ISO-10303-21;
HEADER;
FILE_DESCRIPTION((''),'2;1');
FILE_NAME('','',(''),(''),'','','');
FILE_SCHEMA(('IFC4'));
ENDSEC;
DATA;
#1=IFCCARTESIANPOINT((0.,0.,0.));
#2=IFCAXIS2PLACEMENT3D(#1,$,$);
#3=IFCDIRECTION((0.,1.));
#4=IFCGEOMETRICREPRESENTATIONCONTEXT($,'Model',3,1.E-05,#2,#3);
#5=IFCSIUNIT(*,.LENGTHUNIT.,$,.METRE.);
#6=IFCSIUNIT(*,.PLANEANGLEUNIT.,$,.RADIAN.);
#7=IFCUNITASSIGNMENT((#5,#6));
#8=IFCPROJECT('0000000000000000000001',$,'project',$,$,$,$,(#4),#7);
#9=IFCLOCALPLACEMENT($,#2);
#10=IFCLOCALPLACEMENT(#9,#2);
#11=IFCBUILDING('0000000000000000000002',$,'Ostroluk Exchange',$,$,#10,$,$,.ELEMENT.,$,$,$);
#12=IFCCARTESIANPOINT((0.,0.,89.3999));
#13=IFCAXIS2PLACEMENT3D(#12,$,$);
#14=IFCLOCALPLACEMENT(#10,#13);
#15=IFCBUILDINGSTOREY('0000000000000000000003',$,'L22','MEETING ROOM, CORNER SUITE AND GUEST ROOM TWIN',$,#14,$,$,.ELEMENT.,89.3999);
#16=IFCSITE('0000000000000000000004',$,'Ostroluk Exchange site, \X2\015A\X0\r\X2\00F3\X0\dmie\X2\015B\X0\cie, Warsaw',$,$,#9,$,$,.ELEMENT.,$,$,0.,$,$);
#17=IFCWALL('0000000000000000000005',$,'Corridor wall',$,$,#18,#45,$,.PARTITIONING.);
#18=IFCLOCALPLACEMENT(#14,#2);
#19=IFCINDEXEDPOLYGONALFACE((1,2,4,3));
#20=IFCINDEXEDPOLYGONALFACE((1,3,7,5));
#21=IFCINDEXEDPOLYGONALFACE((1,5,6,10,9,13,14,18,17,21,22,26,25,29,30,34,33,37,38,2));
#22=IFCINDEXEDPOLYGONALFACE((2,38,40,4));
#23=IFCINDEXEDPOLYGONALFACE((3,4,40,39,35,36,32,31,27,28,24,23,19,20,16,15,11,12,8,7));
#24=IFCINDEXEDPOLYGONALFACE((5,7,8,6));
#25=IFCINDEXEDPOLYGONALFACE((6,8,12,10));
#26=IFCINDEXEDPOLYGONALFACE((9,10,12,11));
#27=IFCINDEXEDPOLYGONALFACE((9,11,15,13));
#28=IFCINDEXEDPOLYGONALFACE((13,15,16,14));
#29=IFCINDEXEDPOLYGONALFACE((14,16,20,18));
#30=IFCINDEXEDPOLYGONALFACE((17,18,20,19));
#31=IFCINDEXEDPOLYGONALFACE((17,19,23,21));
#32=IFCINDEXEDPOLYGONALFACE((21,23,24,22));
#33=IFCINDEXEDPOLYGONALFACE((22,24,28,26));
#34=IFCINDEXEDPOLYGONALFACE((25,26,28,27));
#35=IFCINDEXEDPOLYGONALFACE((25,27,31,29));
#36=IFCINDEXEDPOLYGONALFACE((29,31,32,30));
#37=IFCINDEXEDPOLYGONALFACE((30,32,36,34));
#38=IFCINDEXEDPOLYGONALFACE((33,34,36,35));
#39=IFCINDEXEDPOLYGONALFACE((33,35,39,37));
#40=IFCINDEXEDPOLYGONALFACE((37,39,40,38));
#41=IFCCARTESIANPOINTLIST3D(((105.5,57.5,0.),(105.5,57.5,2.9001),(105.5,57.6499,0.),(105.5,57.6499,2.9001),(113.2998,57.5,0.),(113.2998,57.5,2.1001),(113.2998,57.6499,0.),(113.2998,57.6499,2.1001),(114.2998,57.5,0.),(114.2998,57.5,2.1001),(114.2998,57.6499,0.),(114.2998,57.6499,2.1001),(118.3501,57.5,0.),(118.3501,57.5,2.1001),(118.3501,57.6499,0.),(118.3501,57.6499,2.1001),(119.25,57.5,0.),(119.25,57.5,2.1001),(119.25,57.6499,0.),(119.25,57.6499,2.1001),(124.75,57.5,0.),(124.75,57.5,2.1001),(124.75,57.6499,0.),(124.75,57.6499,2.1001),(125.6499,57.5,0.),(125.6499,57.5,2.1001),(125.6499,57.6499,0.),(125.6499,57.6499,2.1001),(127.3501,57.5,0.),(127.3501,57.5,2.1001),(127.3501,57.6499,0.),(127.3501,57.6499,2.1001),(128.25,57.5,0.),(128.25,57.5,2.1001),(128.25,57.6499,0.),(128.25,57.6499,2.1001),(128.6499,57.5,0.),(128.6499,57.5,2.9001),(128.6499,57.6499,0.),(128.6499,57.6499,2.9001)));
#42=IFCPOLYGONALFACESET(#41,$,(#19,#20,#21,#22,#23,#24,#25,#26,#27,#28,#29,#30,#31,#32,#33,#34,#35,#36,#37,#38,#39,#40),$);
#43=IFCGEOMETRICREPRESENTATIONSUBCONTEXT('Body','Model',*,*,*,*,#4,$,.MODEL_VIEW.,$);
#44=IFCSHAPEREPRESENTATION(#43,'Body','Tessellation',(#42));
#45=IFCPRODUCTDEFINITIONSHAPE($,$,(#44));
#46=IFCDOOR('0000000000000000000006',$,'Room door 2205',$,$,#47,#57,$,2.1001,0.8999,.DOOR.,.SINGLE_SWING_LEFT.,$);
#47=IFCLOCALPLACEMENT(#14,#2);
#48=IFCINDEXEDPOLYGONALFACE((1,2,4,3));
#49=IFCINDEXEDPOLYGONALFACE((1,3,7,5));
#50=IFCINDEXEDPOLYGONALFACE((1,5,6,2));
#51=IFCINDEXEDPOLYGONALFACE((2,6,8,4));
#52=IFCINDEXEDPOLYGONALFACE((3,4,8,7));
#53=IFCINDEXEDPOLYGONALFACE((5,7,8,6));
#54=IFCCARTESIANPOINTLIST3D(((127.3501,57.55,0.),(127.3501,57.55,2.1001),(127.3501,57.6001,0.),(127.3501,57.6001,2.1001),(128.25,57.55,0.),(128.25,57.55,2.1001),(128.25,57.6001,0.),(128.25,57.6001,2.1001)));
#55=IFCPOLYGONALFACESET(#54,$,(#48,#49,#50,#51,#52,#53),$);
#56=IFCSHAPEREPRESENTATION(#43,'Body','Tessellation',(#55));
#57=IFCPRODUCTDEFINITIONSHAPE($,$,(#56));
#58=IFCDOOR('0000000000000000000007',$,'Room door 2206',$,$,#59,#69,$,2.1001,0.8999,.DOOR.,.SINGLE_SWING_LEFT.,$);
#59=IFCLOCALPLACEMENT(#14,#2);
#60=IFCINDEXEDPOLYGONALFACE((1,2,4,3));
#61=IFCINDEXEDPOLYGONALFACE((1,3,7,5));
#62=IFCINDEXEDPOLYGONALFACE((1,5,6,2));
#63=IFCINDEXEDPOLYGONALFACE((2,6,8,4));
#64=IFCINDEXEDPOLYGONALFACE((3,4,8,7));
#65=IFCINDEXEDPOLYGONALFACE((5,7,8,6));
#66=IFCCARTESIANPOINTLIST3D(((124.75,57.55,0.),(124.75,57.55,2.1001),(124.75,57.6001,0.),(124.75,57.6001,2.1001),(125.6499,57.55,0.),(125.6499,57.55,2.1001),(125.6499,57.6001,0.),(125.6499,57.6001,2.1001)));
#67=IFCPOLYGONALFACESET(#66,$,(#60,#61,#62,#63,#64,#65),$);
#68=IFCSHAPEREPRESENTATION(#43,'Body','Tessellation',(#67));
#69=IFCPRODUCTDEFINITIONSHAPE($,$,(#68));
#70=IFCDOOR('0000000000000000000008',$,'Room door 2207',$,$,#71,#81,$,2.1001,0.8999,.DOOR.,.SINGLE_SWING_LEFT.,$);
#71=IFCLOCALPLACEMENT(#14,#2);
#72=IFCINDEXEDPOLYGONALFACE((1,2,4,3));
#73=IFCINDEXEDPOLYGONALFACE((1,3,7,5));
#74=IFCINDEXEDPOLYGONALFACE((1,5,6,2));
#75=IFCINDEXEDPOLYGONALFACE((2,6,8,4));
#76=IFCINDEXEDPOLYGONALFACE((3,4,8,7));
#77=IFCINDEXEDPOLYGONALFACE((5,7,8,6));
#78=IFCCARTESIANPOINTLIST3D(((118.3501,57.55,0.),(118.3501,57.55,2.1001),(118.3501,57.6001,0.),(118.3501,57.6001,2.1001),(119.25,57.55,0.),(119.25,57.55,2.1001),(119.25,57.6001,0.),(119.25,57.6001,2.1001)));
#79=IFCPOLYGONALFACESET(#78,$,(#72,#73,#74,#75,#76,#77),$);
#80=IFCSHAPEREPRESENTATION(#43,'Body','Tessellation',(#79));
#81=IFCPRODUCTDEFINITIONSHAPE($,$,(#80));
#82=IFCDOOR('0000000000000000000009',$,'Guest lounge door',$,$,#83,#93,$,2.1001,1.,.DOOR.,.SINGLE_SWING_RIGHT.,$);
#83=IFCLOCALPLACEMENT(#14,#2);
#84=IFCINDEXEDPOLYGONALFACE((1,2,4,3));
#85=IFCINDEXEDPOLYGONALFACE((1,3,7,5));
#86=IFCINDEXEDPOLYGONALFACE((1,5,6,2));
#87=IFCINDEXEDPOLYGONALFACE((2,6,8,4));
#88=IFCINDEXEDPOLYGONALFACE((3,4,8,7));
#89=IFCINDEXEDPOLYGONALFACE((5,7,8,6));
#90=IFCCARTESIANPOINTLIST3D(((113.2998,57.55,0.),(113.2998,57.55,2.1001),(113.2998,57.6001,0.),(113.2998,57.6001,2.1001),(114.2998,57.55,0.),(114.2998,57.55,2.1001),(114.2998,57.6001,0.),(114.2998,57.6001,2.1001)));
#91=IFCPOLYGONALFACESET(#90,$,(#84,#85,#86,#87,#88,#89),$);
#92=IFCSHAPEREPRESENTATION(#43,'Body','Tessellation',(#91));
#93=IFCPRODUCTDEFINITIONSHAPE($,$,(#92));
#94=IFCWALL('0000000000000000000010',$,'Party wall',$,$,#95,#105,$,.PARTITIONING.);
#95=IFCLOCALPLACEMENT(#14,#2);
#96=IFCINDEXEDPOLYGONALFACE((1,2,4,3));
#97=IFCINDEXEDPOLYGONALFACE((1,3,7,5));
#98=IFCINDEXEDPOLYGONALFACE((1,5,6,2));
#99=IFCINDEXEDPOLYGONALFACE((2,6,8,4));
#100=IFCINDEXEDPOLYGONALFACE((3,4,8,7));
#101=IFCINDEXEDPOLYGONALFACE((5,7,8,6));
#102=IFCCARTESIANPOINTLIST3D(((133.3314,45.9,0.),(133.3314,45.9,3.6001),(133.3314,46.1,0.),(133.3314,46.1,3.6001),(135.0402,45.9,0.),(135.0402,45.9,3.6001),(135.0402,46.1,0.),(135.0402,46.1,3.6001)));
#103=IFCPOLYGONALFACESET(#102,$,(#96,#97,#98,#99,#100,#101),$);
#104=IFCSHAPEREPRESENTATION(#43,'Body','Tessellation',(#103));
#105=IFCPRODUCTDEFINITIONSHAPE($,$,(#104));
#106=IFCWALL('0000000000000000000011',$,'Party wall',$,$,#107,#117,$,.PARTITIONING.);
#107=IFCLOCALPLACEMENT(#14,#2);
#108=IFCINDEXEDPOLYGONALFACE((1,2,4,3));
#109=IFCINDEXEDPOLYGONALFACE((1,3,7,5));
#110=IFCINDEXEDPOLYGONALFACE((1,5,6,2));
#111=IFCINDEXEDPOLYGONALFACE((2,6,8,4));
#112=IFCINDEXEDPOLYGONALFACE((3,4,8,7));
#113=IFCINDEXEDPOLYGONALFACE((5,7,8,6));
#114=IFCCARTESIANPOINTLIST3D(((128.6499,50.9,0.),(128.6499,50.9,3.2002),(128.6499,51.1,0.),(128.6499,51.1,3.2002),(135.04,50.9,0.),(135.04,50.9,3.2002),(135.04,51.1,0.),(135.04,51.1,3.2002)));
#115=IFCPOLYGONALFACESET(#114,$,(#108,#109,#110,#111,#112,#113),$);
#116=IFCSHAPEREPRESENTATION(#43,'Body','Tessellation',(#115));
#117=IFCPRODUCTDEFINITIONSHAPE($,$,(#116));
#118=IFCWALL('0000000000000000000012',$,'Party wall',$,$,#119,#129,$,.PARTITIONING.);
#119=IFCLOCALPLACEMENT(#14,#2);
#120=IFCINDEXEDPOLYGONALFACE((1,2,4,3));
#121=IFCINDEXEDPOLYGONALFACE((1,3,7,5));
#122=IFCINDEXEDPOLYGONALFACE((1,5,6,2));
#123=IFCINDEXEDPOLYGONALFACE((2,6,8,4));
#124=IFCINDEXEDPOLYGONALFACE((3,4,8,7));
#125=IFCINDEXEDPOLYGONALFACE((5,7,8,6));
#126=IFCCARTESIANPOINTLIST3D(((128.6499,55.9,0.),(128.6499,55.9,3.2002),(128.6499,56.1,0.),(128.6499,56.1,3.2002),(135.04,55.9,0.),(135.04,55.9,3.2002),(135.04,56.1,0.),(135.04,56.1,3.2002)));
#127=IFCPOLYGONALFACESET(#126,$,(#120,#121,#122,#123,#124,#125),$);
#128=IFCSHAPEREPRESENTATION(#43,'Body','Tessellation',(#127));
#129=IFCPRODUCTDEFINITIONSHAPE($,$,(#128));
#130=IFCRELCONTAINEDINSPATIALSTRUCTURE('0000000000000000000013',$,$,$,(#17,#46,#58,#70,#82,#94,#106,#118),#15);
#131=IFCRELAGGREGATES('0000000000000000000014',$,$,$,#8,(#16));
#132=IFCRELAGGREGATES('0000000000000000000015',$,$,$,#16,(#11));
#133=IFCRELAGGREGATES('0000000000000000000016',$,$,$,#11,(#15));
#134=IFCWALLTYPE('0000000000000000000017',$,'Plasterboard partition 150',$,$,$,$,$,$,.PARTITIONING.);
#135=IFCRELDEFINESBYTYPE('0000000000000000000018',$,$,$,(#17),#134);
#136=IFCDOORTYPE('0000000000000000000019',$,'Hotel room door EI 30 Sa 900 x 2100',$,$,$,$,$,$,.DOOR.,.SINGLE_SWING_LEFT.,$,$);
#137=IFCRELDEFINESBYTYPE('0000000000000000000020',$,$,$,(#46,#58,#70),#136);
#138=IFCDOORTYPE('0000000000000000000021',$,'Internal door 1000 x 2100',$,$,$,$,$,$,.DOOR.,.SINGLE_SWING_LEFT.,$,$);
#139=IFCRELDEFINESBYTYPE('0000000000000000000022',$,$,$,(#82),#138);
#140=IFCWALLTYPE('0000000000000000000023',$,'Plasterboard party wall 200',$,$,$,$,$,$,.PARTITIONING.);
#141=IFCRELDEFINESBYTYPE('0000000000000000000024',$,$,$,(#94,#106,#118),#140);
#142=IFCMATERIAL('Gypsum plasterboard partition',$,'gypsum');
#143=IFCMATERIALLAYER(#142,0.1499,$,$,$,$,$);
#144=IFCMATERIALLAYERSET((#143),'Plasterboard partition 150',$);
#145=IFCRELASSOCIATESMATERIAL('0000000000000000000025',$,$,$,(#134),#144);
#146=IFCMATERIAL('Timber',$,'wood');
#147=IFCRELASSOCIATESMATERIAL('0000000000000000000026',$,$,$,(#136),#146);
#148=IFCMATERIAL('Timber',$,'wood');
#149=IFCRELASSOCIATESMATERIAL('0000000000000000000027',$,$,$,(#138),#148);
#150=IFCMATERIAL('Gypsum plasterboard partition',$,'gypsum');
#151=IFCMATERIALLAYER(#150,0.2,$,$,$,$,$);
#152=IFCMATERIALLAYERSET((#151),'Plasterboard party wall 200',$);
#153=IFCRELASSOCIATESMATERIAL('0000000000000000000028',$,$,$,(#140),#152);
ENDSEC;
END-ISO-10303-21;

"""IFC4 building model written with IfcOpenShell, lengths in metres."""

from ifc_helpers import new_model, si_unit, direction, frame, frame_2d, origin, place, context, subcontext, project, spatial, rectangle, extrude, material, layer, layer_set, type_object, element, fill, save


model = new_model("IFC4")

# Units and contexts
model_context = context("Model", 3, precision=1e-05, world=origin(), true_north=direction((0.0, 1.0)))
body_context = subcontext(model_context, "Body", "Model", "MODEL_VIEW")
ifc_project = project(units=[si_unit("LENGTHUNIT", "METRE"), si_unit("PLANEANGLEUNIT", "RADIAN")], contexts=[model_context])

# Site, building, storey
site_placement = place(None, origin())
site = spatial("IfcSite", under=ifc_project, at=site_placement, Name="Ostroluk Exchange site, Śródmieście, Warsaw", CompositionType="ELEMENT", RefElevation=0.0)
building_placement = place(site_placement, origin())
building = spatial("IfcBuilding", under=site, at=building_placement, Name="Ostroluk Exchange", CompositionType="ELEMENT")
storey_placement = place(building_placement, frame((0.0, 0.0, 89.3999)))
storey = spatial("IfcBuildingStorey", under=building, at=storey_placement, Name="L22", Description="MEETING ROOM, CORNER SUITE AND GUEST ROOM TWIN", CompositionType="ELEMENT", Elevation=89.3999)

# Wall, openings, doors
ifc_material_1 = material(Name="Gypsum plasterboard partition", Category="gypsum")
ifc_layer_1 = layer(ifc_material_1, 0.1499)
ifc_layer_set_1 = layer_set([ifc_layer_1], Name="Plasterboard partition 150")
wall_type_1 = type_object("IfcWallType", Name="Plasterboard partition 150", PredefinedType="PARTITIONING", material=ifc_layer_set_1)
wall_1_placement = place(storey_placement, frame((128.6499, 57.575, 0.0), z_axis=(0.0, 0.0, 1.0), x_axis=(-1.0, 0.0, 0.0)))
wall_1 = element("IfcWall", 1, at=wall_1_placement, inside=storey, type_object=wall_type_1, Name="Corridor wall", PredefinedType="PARTITIONING", context=body_context, shape_type="SweptSolid", body=[
    extrude(rectangle(XDim=23.1499, YDim=0.1499, at=frame_2d((11.575, 0.0))), origin(), (0.0, 0.0, 1.0), 2.9001),
])
opening_1_placement = place(wall_1_placement, frame((0.3999, 0.0, 0.0)))
opening_1 = element("IfcOpeningElement", 2, at=opening_1_placement, cuts=wall_1, PredefinedType="OPENING", context=body_context, shape_type="SweptSolid", body=[
    extrude(rectangle(XDim=0.8999, YDim=2.1001, at=frame_2d((0.45, 1.05))), frame((0.0, 0.085, 0.0), z_axis=(0.0, -1.0, 0.0), x_axis=(1.0, 0.0, 0.0)), (0.0, 0.0, 1.0), 0.1699),
])
opening_2_placement = place(wall_1_placement, frame((3.0, 0.0, 0.0)))
opening_2 = element("IfcOpeningElement", 3, at=opening_2_placement, cuts=wall_1, PredefinedType="OPENING", context=body_context, shape_type="SweptSolid", body=[
    extrude(rectangle(XDim=0.8999, YDim=2.1001, at=frame_2d((0.45, 1.05))), frame((0.0, 0.085, 0.0), z_axis=(0.0, -1.0, 0.0), x_axis=(1.0, 0.0, 0.0)), (0.0, 0.0, 1.0), 0.1699),
])
opening_3_placement = place(wall_1_placement, frame((9.3999, 0.0, 0.0)))
opening_3 = element("IfcOpeningElement", 4, at=opening_3_placement, cuts=wall_1, PredefinedType="OPENING", context=body_context, shape_type="SweptSolid", body=[
    extrude(rectangle(XDim=0.8999, YDim=2.1001, at=frame_2d((0.45, 1.05))), frame((0.0, 0.085, 0.0), z_axis=(0.0, -1.0, 0.0), x_axis=(1.0, 0.0, 0.0)), (0.0, 0.0, 1.0), 0.1699),
])
opening_4_placement = place(wall_1_placement, frame((14.3501, 0.0, 0.0)))
opening_4 = element("IfcOpeningElement", 5, at=opening_4_placement, cuts=wall_1, PredefinedType="OPENING", context=body_context, shape_type="SweptSolid", body=[
    extrude(rectangle(XDim=1.0, YDim=2.1001, at=frame_2d((0.5, 1.05))), frame((0.0, 0.085, 0.0), z_axis=(0.0, -1.0, 0.0), x_axis=(1.0, 0.0, 0.0)), (0.0, 0.0, 1.0), 0.1699),
])
ifc_material_2 = material(Name="Timber", Category="wood")
door_type_1 = type_object("IfcDoorType", Name="Hotel room door EI 30 Sa 900 x 2100", OperationType="SINGLE_SWING_LEFT", PredefinedType="DOOR", material=ifc_material_2)
door_1_placement = place(opening_1_placement, origin())
door_1 = element("IfcDoor", 6, at=door_1_placement, inside=storey, type_object=door_type_1, Name="Room door 2205", OperationType="SINGLE_SWING_LEFT", OverallHeight=2.1001, OverallWidth=0.8999, PredefinedType="DOOR", context=body_context, shape_type="SweptSolid", body=[
    extrude(rectangle(XDim=0.8999, YDim=2.1001, at=frame_2d((0.45, 1.05))), frame((0.0, 0.0249, 0.0), z_axis=(0.0, -1.0, 0.0), x_axis=(1.0, 0.0, 0.0)), (0.0, 0.0, 1.0), 0.05),
])
fill(opening_1, door_1)
door_2_placement = place(opening_2_placement, origin())
door_2 = element("IfcDoor", 7, at=door_2_placement, inside=storey, type_object=door_type_1, Name="Room door 2206", OperationType="SINGLE_SWING_LEFT", OverallHeight=2.1001, OverallWidth=0.8999, PredefinedType="DOOR", context=body_context, shape_type="SweptSolid", body=[
    extrude(rectangle(XDim=0.8999, YDim=2.1001, at=frame_2d((0.45, 1.05))), frame((0.0, 0.0249, 0.0), z_axis=(0.0, -1.0, 0.0), x_axis=(1.0, 0.0, 0.0)), (0.0, 0.0, 1.0), 0.05),
])
fill(opening_2, door_2)
door_3_placement = place(opening_3_placement, origin())
door_3 = element("IfcDoor", 8, at=door_3_placement, inside=storey, type_object=door_type_1, Name="Room door 2207", OperationType="SINGLE_SWING_LEFT", OverallHeight=2.1001, OverallWidth=0.8999, PredefinedType="DOOR", context=body_context, shape_type="SweptSolid", body=[
    extrude(rectangle(XDim=0.8999, YDim=2.1001, at=frame_2d((0.45, 1.05))), frame((0.0, 0.0249, 0.0), z_axis=(0.0, -1.0, 0.0), x_axis=(1.0, 0.0, 0.0)), (0.0, 0.0, 1.0), 0.05),
])
fill(opening_3, door_3)
ifc_material_3 = material(Name="Timber", Category="wood")
door_type_2 = type_object("IfcDoorType", Name="Internal door 1000 x 2100", OperationType="SINGLE_SWING_LEFT", PredefinedType="DOOR", material=ifc_material_3)
door_4_placement = place(opening_4_placement, origin())
door_4 = element("IfcDoor", 9, at=door_4_placement, inside=storey, type_object=door_type_2, Name="Guest lounge door", OperationType="SINGLE_SWING_RIGHT", OverallHeight=2.1001, OverallWidth=1.0, PredefinedType="DOOR", context=body_context, shape_type="SweptSolid", body=[
    extrude(rectangle(XDim=1.0, YDim=2.1001, at=frame_2d((0.5, 1.05))), frame((0.0, 0.0249, 0.0), z_axis=(0.0, -1.0, 0.0), x_axis=(1.0, 0.0, 0.0)), (0.0, 0.0, 1.0), 0.05),
])
fill(opening_4, door_4)

# Walls
ifc_material_4 = material(Name="Gypsum plasterboard partition", Category="gypsum")
ifc_layer_2 = layer(ifc_material_4, 0.2)
ifc_layer_set_2 = layer_set([ifc_layer_2], Name="Plasterboard party wall 200")
wall_type_2 = type_object("IfcWallType", Name="Plasterboard party wall 200", PredefinedType="PARTITIONING", material=ifc_layer_set_2)
wall_2_placement = place(storey_placement, frame((133.3313, 46.0, 0.0), z_axis=(0.0, 0.0, 1.0), x_axis=(1.0, 0.0, 0.0)))
element("IfcWall", 10, at=wall_2_placement, inside=storey, type_object=wall_type_2, Name="Party wall", PredefinedType="PARTITIONING", context=body_context, shape_type="SweptSolid", body=[
    extrude(rectangle(XDim=1.7087, YDim=0.2, at=frame_2d((0.8545, 0.0))), origin(), (0.0, 0.0, 1.0), 3.6001),
])
for number, where, z_axis, x_axis, name in (
    (11, (128.6499, 51.0, 0.0), (0.0, 0.0, 1.0), (1.0, 0.0, 0.0), "Party wall"),
    (12, (128.6499, 56.0, 0.0), (0.0, 0.0, 1.0), (1.0, 0.0, 0.0), "Party wall"),
):
    element("IfcWall", number, at=place(storey_placement, frame(where, z_axis=z_axis, x_axis=x_axis)), inside=storey, type_object=wall_type_2, Name=name, PredefinedType="PARTITIONING", context=body_context, shape_type="SweptSolid", body=[
        extrude(rectangle(XDim=6.3901, YDim=0.2, at=frame_2d((3.1951, 0.0))), origin(), (0.0, 0.0, 1.0), 3.2002),
    ])

save(model, "model.ifc")
